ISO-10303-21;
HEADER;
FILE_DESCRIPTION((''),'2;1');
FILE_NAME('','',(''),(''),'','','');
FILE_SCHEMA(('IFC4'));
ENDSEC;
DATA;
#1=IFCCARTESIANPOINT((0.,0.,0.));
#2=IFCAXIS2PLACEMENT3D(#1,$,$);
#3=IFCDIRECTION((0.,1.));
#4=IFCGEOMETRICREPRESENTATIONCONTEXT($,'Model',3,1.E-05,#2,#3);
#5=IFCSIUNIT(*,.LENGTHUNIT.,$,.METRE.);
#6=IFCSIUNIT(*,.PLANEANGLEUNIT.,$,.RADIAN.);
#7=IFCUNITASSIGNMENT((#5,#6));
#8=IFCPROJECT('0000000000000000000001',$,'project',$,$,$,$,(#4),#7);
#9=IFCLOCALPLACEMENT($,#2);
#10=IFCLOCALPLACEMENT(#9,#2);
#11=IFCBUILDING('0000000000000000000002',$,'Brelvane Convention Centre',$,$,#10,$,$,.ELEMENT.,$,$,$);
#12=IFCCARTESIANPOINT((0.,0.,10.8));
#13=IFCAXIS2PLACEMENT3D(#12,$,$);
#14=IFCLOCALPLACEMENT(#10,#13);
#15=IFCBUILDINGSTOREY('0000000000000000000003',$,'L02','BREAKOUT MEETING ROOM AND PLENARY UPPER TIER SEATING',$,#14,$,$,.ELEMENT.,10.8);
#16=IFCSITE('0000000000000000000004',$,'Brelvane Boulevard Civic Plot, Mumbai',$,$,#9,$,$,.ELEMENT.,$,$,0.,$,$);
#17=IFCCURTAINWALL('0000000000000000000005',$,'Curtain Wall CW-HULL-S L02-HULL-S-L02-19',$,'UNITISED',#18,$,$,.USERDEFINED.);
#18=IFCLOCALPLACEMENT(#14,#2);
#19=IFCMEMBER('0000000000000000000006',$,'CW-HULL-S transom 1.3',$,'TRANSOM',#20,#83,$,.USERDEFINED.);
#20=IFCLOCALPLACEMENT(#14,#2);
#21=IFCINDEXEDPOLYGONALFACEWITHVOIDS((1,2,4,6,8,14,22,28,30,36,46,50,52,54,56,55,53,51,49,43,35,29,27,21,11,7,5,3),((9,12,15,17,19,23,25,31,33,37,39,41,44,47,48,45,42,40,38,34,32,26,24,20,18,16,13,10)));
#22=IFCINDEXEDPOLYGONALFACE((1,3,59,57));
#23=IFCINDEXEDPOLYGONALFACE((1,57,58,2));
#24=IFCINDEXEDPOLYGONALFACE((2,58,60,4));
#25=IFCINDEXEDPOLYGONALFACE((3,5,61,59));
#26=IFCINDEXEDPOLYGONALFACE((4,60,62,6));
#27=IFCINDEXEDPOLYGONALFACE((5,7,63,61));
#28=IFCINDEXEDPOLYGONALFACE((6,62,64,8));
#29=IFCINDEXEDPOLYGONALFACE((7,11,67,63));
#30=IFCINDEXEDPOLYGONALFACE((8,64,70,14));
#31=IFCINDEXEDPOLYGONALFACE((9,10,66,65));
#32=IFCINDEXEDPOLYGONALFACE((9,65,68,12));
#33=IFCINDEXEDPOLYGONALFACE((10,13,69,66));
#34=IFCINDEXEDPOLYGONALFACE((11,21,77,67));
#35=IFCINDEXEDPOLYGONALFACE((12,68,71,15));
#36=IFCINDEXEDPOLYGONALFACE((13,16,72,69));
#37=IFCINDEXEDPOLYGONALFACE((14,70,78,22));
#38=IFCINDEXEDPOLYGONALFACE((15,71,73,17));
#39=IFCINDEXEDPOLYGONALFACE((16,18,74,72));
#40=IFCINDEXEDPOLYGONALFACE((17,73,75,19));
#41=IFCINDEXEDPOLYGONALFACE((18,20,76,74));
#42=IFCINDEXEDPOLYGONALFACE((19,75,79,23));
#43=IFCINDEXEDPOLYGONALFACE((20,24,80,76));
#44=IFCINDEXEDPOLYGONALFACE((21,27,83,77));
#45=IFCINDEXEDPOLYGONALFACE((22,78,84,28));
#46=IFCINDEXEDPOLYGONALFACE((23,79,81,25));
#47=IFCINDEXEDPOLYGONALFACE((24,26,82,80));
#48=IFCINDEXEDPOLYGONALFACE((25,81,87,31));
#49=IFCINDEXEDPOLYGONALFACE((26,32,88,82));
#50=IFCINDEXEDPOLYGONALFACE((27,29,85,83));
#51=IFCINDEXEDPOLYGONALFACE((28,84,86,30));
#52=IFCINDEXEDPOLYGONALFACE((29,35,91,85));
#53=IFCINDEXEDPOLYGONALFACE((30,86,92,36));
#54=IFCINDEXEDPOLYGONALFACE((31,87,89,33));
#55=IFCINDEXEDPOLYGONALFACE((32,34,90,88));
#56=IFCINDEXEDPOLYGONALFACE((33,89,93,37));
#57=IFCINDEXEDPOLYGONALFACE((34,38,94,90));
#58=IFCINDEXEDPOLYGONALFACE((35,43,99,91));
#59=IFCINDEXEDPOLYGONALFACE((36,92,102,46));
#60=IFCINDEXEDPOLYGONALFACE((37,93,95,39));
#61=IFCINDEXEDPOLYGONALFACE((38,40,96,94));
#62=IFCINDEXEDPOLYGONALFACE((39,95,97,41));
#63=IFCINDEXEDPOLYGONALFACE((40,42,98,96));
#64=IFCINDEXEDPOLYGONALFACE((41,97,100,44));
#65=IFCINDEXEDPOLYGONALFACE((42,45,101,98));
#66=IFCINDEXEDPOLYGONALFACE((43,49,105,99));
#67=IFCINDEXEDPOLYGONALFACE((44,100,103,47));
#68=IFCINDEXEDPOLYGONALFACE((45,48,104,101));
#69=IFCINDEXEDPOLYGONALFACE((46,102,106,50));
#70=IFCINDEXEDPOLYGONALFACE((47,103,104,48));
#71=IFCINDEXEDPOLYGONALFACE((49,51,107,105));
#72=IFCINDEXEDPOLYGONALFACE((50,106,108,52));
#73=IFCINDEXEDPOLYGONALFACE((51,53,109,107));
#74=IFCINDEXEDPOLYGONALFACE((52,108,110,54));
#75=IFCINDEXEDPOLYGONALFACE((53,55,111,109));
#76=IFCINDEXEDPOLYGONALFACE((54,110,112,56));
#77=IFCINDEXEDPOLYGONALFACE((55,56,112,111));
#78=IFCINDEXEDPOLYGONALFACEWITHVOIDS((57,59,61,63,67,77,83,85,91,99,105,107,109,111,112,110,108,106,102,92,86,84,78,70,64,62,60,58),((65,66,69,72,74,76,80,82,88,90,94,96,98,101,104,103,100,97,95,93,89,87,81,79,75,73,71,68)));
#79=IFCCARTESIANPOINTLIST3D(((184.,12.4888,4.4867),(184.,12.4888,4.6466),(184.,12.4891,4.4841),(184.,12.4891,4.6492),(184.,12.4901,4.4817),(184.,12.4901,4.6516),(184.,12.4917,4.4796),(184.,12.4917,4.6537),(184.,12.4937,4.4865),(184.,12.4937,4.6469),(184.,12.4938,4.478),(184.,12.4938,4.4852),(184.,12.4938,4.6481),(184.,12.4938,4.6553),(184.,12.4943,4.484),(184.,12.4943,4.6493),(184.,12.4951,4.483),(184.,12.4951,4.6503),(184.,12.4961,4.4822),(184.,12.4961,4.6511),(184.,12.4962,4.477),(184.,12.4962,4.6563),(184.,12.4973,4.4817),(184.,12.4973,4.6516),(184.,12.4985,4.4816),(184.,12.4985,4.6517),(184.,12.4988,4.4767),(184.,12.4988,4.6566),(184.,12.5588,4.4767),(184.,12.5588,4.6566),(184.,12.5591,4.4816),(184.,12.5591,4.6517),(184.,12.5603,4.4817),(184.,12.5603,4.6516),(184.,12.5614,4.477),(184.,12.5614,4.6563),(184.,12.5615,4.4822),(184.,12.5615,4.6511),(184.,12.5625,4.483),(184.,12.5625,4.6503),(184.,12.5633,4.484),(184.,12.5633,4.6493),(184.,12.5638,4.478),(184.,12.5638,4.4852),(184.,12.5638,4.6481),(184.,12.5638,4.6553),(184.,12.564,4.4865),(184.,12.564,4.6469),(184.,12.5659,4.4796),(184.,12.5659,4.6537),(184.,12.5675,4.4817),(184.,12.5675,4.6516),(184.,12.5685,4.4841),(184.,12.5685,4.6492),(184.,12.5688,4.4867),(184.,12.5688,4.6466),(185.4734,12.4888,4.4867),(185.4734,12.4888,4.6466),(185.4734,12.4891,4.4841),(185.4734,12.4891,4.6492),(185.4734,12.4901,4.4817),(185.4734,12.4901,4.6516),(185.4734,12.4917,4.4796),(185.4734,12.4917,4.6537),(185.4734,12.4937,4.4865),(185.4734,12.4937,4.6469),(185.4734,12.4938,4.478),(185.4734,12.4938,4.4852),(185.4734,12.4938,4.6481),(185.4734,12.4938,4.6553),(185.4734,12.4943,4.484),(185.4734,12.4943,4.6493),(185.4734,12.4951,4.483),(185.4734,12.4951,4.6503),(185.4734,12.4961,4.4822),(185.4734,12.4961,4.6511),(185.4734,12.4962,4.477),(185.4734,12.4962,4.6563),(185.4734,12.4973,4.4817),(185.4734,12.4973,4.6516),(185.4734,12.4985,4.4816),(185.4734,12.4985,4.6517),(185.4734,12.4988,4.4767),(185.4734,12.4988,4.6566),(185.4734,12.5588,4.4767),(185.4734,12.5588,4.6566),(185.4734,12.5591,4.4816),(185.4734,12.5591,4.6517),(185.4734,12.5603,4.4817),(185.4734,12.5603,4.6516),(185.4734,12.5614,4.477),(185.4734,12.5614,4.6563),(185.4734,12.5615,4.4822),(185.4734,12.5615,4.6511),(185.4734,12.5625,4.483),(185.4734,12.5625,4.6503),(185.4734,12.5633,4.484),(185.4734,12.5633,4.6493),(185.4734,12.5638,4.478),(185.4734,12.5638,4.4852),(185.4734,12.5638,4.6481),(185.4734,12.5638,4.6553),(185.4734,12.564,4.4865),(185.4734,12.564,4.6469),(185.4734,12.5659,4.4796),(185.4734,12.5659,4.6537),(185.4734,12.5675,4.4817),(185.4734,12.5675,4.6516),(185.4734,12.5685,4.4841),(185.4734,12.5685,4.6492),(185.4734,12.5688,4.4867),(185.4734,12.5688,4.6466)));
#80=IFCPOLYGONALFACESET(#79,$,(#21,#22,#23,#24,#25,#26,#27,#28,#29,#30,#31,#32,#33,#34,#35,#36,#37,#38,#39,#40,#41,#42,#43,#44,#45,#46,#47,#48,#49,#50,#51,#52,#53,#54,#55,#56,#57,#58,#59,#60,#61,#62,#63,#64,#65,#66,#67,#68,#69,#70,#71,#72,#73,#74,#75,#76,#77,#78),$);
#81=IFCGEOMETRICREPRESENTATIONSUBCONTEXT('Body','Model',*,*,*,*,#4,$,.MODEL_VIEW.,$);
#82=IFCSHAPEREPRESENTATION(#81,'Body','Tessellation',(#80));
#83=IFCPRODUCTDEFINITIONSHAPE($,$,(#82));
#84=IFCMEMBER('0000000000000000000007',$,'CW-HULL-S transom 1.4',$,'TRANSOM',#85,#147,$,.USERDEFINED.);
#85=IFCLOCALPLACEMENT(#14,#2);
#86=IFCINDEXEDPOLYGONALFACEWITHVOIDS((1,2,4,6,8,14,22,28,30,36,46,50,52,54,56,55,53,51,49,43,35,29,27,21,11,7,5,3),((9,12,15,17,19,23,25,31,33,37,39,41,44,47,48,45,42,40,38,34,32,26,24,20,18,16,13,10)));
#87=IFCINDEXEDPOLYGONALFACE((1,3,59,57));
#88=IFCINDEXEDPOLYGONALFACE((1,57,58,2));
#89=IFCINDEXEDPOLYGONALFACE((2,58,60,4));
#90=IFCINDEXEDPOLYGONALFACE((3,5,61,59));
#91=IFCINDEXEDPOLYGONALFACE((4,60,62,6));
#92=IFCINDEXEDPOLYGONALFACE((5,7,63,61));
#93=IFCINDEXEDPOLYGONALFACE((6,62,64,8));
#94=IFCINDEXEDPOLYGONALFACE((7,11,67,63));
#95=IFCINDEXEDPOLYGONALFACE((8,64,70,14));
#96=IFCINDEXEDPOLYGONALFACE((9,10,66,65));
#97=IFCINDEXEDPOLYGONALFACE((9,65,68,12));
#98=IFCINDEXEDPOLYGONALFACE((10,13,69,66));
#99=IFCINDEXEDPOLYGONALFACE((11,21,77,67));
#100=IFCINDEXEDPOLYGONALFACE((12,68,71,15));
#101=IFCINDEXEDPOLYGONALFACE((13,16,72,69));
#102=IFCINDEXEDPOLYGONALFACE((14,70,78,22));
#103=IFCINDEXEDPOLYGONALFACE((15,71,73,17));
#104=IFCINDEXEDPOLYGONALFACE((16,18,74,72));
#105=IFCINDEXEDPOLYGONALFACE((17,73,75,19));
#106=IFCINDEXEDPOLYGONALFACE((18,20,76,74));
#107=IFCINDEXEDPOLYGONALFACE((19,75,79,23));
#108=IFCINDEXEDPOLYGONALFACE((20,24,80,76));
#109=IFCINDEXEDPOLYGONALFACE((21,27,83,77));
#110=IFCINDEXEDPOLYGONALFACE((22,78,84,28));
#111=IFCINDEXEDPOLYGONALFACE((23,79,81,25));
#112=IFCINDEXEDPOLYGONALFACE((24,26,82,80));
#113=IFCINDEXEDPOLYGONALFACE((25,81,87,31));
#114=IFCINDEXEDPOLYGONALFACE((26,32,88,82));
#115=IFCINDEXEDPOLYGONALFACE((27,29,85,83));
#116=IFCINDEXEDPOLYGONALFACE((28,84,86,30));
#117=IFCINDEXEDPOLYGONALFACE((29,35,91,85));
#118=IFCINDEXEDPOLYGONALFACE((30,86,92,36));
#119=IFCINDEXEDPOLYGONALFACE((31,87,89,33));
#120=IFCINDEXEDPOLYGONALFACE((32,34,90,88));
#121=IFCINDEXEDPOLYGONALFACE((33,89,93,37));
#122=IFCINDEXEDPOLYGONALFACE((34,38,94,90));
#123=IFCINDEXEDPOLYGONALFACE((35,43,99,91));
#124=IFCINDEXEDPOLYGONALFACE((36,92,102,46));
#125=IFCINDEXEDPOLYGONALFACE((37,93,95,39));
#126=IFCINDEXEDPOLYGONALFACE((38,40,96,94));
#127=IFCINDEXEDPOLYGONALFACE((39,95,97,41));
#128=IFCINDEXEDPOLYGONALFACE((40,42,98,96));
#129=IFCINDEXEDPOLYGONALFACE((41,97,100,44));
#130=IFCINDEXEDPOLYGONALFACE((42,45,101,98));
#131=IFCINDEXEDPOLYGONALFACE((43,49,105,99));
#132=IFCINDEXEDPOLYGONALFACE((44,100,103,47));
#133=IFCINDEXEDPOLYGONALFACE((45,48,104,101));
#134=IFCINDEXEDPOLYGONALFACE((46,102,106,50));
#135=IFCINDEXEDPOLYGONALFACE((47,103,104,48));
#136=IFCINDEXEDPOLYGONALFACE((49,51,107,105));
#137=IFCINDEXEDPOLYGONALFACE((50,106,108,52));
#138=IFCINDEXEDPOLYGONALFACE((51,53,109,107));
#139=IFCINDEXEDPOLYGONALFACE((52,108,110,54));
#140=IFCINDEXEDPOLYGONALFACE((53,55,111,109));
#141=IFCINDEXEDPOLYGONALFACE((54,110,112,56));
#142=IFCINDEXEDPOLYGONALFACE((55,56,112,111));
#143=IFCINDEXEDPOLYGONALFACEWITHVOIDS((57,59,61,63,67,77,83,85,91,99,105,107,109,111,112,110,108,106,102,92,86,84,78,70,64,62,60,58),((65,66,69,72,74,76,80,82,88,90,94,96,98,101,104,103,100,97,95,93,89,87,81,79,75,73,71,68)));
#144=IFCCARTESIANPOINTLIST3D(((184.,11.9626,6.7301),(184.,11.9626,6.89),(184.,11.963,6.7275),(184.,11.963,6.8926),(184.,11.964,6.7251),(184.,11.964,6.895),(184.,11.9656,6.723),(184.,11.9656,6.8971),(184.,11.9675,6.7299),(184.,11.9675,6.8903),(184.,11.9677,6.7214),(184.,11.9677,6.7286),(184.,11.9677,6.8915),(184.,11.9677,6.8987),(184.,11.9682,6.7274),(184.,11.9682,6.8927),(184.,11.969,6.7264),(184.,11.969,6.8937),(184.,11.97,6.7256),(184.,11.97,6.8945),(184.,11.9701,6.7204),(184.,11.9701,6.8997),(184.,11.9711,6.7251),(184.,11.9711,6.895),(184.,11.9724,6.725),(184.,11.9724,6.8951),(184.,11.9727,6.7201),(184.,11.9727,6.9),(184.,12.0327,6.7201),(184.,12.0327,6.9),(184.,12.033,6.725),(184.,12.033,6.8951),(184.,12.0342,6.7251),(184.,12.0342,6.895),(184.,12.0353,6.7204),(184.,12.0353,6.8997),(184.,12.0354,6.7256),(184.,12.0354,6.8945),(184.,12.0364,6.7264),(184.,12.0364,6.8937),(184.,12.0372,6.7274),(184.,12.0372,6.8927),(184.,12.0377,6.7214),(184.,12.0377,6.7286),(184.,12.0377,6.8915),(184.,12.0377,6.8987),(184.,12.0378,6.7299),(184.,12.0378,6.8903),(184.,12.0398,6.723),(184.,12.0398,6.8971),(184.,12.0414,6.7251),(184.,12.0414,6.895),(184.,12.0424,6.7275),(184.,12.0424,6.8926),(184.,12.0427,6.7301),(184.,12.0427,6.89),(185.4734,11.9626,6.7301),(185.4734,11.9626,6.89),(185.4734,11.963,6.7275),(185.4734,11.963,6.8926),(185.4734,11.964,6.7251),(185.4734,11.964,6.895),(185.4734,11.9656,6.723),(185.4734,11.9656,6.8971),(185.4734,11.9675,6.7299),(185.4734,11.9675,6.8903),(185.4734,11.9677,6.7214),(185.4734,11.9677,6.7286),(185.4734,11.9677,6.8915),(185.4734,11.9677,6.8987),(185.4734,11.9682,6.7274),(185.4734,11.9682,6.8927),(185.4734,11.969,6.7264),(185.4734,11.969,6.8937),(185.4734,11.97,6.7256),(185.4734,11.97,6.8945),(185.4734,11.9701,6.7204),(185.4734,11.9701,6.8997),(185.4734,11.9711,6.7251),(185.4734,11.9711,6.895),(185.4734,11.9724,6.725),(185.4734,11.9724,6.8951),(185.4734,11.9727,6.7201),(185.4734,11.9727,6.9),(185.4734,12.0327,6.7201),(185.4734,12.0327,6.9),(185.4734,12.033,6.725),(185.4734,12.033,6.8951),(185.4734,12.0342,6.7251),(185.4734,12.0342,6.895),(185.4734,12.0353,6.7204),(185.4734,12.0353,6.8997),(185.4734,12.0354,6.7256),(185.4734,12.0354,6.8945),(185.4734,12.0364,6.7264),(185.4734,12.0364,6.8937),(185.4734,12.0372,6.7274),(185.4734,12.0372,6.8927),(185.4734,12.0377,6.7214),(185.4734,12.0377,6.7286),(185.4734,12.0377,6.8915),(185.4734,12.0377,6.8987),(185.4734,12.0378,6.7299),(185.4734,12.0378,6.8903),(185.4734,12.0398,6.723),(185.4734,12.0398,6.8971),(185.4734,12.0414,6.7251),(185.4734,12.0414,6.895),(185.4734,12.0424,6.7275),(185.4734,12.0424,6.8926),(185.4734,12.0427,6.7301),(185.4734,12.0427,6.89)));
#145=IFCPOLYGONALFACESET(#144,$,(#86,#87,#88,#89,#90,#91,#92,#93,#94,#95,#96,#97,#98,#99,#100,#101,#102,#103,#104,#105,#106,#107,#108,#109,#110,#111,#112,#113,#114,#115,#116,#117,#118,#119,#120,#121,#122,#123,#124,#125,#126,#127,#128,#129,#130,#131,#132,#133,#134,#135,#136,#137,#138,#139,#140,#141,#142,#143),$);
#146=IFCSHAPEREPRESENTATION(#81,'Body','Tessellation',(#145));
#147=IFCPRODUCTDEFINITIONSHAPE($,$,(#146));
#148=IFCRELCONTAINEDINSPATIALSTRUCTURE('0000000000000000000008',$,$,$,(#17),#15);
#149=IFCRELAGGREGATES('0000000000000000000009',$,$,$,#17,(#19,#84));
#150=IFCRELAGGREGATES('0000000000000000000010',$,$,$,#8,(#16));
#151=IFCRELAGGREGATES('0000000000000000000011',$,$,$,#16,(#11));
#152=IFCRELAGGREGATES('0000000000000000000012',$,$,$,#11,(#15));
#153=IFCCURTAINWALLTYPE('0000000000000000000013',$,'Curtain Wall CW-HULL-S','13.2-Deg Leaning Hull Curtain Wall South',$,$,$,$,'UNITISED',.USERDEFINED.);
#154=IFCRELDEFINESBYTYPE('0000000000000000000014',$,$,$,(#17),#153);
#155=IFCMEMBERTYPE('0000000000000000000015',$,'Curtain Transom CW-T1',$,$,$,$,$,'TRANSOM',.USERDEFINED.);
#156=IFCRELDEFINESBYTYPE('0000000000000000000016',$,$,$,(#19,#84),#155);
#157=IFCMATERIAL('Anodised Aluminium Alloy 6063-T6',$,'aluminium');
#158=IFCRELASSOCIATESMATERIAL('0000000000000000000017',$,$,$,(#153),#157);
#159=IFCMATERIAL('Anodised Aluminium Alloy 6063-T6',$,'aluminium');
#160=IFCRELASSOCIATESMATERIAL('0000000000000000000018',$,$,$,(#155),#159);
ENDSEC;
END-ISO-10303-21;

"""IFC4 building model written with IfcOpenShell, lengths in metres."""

from ifc_helpers import new_model, si_unit, direction, frame, origin, origin_2d, place, context, subcontext, project, spatial, hollow_rectangle, extrude, material, material_profile, profile_set, type_object, element, aggregate, save


model = new_model("IFC4")

# Units and contexts
model_context = context("Model", 3, precision=1e-05, world=origin(), true_north=direction((0.0, 1.0)))
body_context = subcontext(model_context, "Body", "Model", "MODEL_VIEW")
ifc_project = project(units=[si_unit("LENGTHUNIT", "METRE"), si_unit("PLANEANGLEUNIT", "RADIAN")], contexts=[model_context])

# Site, building, storey
site_placement = place(None, origin())
site = spatial("IfcSite", under=ifc_project, at=site_placement, Name="Brelvane Boulevard Civic Plot, Mumbai", CompositionType="ELEMENT", RefElevation=0.0)
building_placement = place(site_placement, origin())
building = spatial("IfcBuilding", under=site, at=building_placement, Name="Brelvane Convention Centre", CompositionType="ELEMENT")
storey_placement = place(building_placement, frame((0.0, 0.0, 10.8)))
storey = spatial("IfcBuildingStorey", under=building, at=storey_placement, Name="L02", Description="BREAKOUT MEETING ROOM AND PLENARY UPPER TIER SEATING", CompositionType="ELEMENT", Elevation=10.8)

# Curtain wall, members
ifc_material_1 = material(Name="Anodised Aluminium Alloy 6063-T6", Category="aluminium")
curtain_wall_type = type_object("IfcCurtainWallType", Name="Curtain Wall CW-HULL-S", Description="13.2-Deg Leaning Hull Curtain Wall South", ElementType="UNITISED", PredefinedType="USERDEFINED", material=ifc_material_1)
ifc_material_2 = material(Name="Anodised Aluminium Alloy 6063-T6", Category="aluminium")
ifc_material_profile = material_profile(ifc_material_2, hollow_rectangle(XDim=0.0801, YDim=0.1799, WallThickness=0.0049, InnerFilletRadius=0.0049, OuterFilletRadius=0.01, at=origin_2d()), Name="ALU-T 180x80x5.0")
ifc_profile_set = profile_set([ifc_material_profile], Name="Anodised Aluminium Alloy 6063-T6")
member_type = type_object("IfcMemberType", Name="Curtain Transom CW-T1", ElementType="TRANSOM", PredefinedType="USERDEFINED", material=ifc_profile_set)
curtain_wall_1_placement = place(storey_placement, origin())
curtain_wall_1 = element("IfcCurtainWall", 1, at=curtain_wall_1_placement, inside=storey, type_object=curtain_wall_type, Name="Curtain Wall CW-HULL-S L02-HULL-S-L02-19", ObjectType="UNITISED", PredefinedType="USERDEFINED")
member_1_placement = place(storey_placement, frame((184.0, 12.5288, 4.5667), z_axis=(1.0, 0.0, 0.0), x_axis=(0.0, 1.0, 0.0)))
member_1 = element("IfcMember", 2, at=member_1_placement, type_object=member_type, Name="CW-HULL-S transom 1.3", ObjectType="TRANSOM", PredefinedType="USERDEFINED", context=body_context, shape_type="SweptSolid", body=[
    extrude(hollow_rectangle(XDim=0.0801, YDim=0.1799, WallThickness=0.0049, InnerFilletRadius=0.0049, OuterFilletRadius=0.01, at=origin_2d()), origin(), (0.0, 0.0, 1.0), 1.4734),
])
member_2_placement = place(storey_placement, frame((184.0, 12.0027, 6.8101), z_axis=(1.0, 0.0, 0.0), x_axis=(0.0, 1.0, 0.0)))
member_2 = element("IfcMember", 3, at=member_2_placement, type_object=member_type, Name="CW-HULL-S transom 1.4", ObjectType="TRANSOM", PredefinedType="USERDEFINED", context=body_context, shape_type="SweptSolid", body=[
    extrude(hollow_rectangle(XDim=0.0801, YDim=0.1799, WallThickness=0.0049, InnerFilletRadius=0.0049, OuterFilletRadius=0.01, at=origin_2d()), origin(), (0.0, 0.0, 1.0), 1.4734),
])

aggregate(curtain_wall_1, [member_1, member_2])

save(model, "model.ifc")
